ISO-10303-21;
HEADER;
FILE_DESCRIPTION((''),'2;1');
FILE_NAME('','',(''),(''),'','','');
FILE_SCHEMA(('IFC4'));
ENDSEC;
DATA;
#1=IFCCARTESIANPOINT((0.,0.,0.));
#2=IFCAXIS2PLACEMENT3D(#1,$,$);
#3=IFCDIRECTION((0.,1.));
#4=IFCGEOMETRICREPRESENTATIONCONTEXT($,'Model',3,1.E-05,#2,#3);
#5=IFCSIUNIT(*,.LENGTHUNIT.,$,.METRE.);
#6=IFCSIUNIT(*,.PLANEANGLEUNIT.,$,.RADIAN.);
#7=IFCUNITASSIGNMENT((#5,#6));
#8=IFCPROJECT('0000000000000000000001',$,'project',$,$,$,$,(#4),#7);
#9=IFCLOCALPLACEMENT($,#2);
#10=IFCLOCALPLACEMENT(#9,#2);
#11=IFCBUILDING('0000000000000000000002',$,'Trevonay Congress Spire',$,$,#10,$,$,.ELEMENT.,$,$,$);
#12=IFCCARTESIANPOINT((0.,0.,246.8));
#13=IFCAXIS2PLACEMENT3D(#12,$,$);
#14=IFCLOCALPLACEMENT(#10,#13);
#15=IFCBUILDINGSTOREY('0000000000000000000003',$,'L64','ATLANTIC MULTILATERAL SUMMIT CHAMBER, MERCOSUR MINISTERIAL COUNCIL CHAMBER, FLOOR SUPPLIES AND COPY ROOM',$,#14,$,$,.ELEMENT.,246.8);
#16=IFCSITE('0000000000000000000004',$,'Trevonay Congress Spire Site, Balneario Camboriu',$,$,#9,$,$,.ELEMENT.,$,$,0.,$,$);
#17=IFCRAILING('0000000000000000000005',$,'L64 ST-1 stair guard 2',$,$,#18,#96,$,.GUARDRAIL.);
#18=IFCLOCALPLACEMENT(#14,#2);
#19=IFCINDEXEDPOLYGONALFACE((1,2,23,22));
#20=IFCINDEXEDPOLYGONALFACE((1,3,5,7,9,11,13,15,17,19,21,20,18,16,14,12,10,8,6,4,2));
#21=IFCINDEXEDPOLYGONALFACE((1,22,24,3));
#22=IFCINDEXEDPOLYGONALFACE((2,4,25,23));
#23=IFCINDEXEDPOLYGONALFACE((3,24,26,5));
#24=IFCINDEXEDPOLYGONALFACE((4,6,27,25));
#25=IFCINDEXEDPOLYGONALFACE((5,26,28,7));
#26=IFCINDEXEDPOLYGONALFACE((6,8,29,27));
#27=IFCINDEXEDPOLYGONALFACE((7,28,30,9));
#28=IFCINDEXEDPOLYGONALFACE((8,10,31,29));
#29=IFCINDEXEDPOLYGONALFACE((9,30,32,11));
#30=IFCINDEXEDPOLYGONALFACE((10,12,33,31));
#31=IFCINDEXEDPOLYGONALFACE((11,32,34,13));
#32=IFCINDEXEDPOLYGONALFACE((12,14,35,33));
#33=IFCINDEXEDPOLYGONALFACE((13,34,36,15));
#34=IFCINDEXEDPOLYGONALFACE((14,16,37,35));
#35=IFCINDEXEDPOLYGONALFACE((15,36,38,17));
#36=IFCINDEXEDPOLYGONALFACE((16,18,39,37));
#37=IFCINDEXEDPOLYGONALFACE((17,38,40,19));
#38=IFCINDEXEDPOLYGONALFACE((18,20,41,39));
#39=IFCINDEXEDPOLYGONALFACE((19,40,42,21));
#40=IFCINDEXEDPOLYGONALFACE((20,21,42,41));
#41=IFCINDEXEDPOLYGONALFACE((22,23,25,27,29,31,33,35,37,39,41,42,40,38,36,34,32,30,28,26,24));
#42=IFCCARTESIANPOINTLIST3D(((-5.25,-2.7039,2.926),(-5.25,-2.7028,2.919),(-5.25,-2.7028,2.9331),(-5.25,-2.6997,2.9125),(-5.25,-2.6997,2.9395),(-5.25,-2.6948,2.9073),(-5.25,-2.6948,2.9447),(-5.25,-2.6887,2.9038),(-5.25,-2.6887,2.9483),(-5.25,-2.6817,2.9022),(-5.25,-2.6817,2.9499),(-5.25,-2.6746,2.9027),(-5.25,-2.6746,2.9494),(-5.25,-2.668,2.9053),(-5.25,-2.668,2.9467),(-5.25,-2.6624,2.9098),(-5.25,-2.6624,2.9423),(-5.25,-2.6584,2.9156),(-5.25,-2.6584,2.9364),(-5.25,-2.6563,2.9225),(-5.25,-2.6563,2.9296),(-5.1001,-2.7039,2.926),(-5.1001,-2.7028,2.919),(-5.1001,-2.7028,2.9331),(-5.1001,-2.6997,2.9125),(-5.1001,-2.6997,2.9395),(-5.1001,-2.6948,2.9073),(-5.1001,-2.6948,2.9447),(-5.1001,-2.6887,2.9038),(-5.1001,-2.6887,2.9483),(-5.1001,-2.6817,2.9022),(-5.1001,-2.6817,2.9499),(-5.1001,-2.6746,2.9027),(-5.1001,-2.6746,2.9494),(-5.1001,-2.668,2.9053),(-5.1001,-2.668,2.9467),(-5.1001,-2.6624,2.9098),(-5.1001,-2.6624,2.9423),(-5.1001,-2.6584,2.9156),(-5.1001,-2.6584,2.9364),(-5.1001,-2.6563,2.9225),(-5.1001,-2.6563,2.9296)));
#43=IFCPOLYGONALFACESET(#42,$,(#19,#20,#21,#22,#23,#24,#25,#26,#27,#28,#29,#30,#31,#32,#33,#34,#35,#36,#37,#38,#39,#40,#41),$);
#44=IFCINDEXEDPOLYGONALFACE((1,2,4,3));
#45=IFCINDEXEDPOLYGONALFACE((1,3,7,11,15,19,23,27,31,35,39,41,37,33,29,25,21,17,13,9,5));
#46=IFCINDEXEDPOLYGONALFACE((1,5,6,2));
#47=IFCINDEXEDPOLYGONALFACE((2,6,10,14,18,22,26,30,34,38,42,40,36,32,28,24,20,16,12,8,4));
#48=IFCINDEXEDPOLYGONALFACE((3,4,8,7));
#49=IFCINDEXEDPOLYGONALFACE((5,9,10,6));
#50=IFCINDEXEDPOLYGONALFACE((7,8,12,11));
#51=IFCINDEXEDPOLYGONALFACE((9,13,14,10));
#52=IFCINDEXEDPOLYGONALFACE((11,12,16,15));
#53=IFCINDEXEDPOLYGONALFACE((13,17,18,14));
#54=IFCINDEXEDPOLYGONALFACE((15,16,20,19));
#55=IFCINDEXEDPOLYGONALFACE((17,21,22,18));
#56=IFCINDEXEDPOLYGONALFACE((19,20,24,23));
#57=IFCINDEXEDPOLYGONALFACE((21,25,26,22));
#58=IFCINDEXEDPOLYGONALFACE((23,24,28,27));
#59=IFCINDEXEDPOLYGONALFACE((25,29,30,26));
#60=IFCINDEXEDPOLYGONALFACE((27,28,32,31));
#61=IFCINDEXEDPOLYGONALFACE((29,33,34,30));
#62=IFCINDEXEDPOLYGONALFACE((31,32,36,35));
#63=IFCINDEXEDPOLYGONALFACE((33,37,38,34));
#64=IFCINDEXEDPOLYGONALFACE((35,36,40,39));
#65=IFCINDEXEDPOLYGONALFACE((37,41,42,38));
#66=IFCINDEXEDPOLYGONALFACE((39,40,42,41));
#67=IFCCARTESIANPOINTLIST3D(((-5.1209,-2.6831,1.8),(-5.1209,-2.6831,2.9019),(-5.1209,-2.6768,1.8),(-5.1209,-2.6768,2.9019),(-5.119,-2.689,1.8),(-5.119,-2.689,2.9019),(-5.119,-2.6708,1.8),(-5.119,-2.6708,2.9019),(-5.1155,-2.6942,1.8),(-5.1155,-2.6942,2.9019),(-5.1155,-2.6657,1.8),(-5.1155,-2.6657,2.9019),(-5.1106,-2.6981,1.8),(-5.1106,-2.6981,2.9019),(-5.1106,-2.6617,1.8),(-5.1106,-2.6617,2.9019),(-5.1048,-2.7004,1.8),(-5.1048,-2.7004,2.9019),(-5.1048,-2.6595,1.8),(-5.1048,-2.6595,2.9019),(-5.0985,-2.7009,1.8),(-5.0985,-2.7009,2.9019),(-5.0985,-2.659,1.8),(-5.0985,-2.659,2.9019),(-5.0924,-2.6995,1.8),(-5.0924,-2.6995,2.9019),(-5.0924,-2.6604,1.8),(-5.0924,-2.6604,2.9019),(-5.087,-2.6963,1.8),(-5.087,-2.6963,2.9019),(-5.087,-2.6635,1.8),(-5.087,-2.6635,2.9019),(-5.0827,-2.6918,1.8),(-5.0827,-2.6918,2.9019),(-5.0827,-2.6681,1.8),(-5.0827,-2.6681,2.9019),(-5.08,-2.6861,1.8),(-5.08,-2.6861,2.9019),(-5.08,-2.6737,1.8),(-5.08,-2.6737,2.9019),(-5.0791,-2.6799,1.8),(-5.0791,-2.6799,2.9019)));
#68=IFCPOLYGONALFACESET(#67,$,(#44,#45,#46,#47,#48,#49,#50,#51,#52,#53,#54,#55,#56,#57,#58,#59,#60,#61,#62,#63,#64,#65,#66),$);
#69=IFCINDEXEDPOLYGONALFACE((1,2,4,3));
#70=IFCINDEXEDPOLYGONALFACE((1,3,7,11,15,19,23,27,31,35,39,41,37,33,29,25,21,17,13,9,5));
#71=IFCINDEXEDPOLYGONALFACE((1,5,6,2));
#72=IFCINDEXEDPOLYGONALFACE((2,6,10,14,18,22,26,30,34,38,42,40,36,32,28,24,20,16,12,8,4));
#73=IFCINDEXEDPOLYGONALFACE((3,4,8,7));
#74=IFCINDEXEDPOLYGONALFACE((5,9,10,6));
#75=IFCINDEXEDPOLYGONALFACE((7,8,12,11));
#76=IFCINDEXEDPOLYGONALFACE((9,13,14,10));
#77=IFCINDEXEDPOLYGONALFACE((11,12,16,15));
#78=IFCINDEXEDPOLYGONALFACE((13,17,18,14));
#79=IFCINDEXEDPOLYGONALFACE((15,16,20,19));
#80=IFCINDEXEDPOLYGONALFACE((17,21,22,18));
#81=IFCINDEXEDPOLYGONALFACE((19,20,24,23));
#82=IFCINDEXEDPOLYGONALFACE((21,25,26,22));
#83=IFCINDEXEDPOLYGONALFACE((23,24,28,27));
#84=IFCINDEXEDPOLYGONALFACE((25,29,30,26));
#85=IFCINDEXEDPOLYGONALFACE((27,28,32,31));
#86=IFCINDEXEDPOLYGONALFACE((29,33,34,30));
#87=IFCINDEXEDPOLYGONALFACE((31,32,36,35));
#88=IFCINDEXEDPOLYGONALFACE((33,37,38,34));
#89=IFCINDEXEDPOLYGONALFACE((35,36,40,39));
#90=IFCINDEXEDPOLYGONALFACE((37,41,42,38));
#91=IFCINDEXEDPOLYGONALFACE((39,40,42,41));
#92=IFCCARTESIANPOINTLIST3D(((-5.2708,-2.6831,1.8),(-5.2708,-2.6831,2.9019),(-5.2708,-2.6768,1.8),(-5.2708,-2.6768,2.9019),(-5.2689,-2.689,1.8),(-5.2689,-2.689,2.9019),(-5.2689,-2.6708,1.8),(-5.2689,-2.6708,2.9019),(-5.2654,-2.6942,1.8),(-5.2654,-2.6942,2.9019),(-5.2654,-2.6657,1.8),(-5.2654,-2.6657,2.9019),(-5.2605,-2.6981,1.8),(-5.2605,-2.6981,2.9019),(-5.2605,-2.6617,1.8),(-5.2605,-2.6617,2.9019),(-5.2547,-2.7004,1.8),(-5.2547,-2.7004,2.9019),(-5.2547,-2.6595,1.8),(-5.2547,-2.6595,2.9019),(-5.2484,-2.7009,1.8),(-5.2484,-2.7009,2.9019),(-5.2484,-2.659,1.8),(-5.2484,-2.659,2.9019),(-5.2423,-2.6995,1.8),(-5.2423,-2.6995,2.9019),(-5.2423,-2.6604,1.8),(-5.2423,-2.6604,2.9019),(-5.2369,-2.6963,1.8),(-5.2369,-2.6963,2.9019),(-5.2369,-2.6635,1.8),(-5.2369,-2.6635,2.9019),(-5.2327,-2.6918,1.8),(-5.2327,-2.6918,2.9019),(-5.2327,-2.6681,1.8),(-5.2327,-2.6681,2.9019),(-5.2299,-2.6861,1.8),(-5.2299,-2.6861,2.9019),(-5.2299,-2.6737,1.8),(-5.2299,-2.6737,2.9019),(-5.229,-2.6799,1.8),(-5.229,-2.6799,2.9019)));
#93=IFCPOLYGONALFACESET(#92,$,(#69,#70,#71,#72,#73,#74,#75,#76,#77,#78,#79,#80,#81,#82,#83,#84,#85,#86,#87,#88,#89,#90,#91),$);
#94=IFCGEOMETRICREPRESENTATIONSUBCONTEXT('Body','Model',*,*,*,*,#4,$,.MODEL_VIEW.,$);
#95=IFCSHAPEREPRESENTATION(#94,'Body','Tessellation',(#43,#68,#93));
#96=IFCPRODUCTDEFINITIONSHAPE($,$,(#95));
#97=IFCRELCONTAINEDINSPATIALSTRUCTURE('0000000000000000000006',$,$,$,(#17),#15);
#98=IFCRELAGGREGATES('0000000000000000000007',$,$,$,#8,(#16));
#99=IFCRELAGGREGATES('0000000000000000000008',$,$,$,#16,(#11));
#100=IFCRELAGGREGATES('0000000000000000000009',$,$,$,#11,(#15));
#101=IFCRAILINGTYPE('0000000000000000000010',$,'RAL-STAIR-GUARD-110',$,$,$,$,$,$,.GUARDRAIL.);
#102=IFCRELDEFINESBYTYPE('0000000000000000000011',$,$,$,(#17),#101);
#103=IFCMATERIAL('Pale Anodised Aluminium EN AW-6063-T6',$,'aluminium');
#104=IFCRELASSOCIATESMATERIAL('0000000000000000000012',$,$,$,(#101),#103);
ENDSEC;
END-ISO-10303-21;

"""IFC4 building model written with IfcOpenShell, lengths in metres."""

from ifc_helpers import new_model, si_unit, direction, frame, origin, origin_2d, place, context, subcontext, project, spatial, circle, extrude, material, type_object, element, save


model = new_model("IFC4")

# Units and contexts
model_context = context("Model", 3, precision=1e-05, world=origin(), true_north=direction((0.0, 1.0)))
body_context = subcontext(model_context, "Body", "Model", "MODEL_VIEW")
ifc_project = project(units=[si_unit("LENGTHUNIT", "METRE"), si_unit("PLANEANGLEUNIT", "RADIAN")], contexts=[model_context])

# Site, building, storey
site_placement = place(None, origin())
site = spatial("IfcSite", under=ifc_project, at=site_placement, Name="Trevonay Congress Spire Site, Balneario Camboriu", CompositionType="ELEMENT", RefElevation=0.0)
building_placement = place(site_placement, origin())
building = spatial("IfcBuilding", under=site, at=building_placement, Name="Trevonay Congress Spire", CompositionType="ELEMENT")
storey_placement = place(building_placement, frame((0.0, 0.0, 246.8)))
storey = spatial("IfcBuildingStorey", under=building, at=storey_placement, Name="L64", Description="ATLANTIC MULTILATERAL SUMMIT CHAMBER, MERCOSUR MINISTERIAL COUNCIL CHAMBER, FLOOR SUPPLIES AND COPY ROOM", CompositionType="ELEMENT", Elevation=246.8)

# Railing
ifc_material_1 = material(Name="Pale Anodised Aluminium EN AW-6063-T6", Category="aluminium")
railing_type_1 = type_object("IfcRailingType", Name="RAL-STAIR-GUARD-110", PredefinedType="GUARDRAIL", material=ifc_material_1)
railing_1_placement = place(storey_placement, frame((-5.1001, -2.6799, 1.8)))
element("IfcRailing", 1, at=railing_1_placement, inside=storey, type_object=railing_type_1, Name="L64 ST-1 stair guard 2", PredefinedType="GUARDRAIL", context=body_context, shape_type="SweptSolid", body=[
    extrude(circle(Radius=0.0239, at=origin_2d()), frame((0.0, 0.0, 1.126), z_axis=(-1.0, 0.0, 0.0), x_axis=(0.0, -1.0, 0.0)), (0.0, 0.0, 1.0), 0.1499),
    extrude(circle(Radius=0.021, at=origin_2d()), origin(), (0.0, 0.0, 1.0), 1.1018),
    extrude(circle(Radius=0.021, at=origin_2d()), frame((-0.1499, 0.0, 0.0)), (0.0, 0.0, 1.0), 1.1018),
])

save(model, "model.ifc")
